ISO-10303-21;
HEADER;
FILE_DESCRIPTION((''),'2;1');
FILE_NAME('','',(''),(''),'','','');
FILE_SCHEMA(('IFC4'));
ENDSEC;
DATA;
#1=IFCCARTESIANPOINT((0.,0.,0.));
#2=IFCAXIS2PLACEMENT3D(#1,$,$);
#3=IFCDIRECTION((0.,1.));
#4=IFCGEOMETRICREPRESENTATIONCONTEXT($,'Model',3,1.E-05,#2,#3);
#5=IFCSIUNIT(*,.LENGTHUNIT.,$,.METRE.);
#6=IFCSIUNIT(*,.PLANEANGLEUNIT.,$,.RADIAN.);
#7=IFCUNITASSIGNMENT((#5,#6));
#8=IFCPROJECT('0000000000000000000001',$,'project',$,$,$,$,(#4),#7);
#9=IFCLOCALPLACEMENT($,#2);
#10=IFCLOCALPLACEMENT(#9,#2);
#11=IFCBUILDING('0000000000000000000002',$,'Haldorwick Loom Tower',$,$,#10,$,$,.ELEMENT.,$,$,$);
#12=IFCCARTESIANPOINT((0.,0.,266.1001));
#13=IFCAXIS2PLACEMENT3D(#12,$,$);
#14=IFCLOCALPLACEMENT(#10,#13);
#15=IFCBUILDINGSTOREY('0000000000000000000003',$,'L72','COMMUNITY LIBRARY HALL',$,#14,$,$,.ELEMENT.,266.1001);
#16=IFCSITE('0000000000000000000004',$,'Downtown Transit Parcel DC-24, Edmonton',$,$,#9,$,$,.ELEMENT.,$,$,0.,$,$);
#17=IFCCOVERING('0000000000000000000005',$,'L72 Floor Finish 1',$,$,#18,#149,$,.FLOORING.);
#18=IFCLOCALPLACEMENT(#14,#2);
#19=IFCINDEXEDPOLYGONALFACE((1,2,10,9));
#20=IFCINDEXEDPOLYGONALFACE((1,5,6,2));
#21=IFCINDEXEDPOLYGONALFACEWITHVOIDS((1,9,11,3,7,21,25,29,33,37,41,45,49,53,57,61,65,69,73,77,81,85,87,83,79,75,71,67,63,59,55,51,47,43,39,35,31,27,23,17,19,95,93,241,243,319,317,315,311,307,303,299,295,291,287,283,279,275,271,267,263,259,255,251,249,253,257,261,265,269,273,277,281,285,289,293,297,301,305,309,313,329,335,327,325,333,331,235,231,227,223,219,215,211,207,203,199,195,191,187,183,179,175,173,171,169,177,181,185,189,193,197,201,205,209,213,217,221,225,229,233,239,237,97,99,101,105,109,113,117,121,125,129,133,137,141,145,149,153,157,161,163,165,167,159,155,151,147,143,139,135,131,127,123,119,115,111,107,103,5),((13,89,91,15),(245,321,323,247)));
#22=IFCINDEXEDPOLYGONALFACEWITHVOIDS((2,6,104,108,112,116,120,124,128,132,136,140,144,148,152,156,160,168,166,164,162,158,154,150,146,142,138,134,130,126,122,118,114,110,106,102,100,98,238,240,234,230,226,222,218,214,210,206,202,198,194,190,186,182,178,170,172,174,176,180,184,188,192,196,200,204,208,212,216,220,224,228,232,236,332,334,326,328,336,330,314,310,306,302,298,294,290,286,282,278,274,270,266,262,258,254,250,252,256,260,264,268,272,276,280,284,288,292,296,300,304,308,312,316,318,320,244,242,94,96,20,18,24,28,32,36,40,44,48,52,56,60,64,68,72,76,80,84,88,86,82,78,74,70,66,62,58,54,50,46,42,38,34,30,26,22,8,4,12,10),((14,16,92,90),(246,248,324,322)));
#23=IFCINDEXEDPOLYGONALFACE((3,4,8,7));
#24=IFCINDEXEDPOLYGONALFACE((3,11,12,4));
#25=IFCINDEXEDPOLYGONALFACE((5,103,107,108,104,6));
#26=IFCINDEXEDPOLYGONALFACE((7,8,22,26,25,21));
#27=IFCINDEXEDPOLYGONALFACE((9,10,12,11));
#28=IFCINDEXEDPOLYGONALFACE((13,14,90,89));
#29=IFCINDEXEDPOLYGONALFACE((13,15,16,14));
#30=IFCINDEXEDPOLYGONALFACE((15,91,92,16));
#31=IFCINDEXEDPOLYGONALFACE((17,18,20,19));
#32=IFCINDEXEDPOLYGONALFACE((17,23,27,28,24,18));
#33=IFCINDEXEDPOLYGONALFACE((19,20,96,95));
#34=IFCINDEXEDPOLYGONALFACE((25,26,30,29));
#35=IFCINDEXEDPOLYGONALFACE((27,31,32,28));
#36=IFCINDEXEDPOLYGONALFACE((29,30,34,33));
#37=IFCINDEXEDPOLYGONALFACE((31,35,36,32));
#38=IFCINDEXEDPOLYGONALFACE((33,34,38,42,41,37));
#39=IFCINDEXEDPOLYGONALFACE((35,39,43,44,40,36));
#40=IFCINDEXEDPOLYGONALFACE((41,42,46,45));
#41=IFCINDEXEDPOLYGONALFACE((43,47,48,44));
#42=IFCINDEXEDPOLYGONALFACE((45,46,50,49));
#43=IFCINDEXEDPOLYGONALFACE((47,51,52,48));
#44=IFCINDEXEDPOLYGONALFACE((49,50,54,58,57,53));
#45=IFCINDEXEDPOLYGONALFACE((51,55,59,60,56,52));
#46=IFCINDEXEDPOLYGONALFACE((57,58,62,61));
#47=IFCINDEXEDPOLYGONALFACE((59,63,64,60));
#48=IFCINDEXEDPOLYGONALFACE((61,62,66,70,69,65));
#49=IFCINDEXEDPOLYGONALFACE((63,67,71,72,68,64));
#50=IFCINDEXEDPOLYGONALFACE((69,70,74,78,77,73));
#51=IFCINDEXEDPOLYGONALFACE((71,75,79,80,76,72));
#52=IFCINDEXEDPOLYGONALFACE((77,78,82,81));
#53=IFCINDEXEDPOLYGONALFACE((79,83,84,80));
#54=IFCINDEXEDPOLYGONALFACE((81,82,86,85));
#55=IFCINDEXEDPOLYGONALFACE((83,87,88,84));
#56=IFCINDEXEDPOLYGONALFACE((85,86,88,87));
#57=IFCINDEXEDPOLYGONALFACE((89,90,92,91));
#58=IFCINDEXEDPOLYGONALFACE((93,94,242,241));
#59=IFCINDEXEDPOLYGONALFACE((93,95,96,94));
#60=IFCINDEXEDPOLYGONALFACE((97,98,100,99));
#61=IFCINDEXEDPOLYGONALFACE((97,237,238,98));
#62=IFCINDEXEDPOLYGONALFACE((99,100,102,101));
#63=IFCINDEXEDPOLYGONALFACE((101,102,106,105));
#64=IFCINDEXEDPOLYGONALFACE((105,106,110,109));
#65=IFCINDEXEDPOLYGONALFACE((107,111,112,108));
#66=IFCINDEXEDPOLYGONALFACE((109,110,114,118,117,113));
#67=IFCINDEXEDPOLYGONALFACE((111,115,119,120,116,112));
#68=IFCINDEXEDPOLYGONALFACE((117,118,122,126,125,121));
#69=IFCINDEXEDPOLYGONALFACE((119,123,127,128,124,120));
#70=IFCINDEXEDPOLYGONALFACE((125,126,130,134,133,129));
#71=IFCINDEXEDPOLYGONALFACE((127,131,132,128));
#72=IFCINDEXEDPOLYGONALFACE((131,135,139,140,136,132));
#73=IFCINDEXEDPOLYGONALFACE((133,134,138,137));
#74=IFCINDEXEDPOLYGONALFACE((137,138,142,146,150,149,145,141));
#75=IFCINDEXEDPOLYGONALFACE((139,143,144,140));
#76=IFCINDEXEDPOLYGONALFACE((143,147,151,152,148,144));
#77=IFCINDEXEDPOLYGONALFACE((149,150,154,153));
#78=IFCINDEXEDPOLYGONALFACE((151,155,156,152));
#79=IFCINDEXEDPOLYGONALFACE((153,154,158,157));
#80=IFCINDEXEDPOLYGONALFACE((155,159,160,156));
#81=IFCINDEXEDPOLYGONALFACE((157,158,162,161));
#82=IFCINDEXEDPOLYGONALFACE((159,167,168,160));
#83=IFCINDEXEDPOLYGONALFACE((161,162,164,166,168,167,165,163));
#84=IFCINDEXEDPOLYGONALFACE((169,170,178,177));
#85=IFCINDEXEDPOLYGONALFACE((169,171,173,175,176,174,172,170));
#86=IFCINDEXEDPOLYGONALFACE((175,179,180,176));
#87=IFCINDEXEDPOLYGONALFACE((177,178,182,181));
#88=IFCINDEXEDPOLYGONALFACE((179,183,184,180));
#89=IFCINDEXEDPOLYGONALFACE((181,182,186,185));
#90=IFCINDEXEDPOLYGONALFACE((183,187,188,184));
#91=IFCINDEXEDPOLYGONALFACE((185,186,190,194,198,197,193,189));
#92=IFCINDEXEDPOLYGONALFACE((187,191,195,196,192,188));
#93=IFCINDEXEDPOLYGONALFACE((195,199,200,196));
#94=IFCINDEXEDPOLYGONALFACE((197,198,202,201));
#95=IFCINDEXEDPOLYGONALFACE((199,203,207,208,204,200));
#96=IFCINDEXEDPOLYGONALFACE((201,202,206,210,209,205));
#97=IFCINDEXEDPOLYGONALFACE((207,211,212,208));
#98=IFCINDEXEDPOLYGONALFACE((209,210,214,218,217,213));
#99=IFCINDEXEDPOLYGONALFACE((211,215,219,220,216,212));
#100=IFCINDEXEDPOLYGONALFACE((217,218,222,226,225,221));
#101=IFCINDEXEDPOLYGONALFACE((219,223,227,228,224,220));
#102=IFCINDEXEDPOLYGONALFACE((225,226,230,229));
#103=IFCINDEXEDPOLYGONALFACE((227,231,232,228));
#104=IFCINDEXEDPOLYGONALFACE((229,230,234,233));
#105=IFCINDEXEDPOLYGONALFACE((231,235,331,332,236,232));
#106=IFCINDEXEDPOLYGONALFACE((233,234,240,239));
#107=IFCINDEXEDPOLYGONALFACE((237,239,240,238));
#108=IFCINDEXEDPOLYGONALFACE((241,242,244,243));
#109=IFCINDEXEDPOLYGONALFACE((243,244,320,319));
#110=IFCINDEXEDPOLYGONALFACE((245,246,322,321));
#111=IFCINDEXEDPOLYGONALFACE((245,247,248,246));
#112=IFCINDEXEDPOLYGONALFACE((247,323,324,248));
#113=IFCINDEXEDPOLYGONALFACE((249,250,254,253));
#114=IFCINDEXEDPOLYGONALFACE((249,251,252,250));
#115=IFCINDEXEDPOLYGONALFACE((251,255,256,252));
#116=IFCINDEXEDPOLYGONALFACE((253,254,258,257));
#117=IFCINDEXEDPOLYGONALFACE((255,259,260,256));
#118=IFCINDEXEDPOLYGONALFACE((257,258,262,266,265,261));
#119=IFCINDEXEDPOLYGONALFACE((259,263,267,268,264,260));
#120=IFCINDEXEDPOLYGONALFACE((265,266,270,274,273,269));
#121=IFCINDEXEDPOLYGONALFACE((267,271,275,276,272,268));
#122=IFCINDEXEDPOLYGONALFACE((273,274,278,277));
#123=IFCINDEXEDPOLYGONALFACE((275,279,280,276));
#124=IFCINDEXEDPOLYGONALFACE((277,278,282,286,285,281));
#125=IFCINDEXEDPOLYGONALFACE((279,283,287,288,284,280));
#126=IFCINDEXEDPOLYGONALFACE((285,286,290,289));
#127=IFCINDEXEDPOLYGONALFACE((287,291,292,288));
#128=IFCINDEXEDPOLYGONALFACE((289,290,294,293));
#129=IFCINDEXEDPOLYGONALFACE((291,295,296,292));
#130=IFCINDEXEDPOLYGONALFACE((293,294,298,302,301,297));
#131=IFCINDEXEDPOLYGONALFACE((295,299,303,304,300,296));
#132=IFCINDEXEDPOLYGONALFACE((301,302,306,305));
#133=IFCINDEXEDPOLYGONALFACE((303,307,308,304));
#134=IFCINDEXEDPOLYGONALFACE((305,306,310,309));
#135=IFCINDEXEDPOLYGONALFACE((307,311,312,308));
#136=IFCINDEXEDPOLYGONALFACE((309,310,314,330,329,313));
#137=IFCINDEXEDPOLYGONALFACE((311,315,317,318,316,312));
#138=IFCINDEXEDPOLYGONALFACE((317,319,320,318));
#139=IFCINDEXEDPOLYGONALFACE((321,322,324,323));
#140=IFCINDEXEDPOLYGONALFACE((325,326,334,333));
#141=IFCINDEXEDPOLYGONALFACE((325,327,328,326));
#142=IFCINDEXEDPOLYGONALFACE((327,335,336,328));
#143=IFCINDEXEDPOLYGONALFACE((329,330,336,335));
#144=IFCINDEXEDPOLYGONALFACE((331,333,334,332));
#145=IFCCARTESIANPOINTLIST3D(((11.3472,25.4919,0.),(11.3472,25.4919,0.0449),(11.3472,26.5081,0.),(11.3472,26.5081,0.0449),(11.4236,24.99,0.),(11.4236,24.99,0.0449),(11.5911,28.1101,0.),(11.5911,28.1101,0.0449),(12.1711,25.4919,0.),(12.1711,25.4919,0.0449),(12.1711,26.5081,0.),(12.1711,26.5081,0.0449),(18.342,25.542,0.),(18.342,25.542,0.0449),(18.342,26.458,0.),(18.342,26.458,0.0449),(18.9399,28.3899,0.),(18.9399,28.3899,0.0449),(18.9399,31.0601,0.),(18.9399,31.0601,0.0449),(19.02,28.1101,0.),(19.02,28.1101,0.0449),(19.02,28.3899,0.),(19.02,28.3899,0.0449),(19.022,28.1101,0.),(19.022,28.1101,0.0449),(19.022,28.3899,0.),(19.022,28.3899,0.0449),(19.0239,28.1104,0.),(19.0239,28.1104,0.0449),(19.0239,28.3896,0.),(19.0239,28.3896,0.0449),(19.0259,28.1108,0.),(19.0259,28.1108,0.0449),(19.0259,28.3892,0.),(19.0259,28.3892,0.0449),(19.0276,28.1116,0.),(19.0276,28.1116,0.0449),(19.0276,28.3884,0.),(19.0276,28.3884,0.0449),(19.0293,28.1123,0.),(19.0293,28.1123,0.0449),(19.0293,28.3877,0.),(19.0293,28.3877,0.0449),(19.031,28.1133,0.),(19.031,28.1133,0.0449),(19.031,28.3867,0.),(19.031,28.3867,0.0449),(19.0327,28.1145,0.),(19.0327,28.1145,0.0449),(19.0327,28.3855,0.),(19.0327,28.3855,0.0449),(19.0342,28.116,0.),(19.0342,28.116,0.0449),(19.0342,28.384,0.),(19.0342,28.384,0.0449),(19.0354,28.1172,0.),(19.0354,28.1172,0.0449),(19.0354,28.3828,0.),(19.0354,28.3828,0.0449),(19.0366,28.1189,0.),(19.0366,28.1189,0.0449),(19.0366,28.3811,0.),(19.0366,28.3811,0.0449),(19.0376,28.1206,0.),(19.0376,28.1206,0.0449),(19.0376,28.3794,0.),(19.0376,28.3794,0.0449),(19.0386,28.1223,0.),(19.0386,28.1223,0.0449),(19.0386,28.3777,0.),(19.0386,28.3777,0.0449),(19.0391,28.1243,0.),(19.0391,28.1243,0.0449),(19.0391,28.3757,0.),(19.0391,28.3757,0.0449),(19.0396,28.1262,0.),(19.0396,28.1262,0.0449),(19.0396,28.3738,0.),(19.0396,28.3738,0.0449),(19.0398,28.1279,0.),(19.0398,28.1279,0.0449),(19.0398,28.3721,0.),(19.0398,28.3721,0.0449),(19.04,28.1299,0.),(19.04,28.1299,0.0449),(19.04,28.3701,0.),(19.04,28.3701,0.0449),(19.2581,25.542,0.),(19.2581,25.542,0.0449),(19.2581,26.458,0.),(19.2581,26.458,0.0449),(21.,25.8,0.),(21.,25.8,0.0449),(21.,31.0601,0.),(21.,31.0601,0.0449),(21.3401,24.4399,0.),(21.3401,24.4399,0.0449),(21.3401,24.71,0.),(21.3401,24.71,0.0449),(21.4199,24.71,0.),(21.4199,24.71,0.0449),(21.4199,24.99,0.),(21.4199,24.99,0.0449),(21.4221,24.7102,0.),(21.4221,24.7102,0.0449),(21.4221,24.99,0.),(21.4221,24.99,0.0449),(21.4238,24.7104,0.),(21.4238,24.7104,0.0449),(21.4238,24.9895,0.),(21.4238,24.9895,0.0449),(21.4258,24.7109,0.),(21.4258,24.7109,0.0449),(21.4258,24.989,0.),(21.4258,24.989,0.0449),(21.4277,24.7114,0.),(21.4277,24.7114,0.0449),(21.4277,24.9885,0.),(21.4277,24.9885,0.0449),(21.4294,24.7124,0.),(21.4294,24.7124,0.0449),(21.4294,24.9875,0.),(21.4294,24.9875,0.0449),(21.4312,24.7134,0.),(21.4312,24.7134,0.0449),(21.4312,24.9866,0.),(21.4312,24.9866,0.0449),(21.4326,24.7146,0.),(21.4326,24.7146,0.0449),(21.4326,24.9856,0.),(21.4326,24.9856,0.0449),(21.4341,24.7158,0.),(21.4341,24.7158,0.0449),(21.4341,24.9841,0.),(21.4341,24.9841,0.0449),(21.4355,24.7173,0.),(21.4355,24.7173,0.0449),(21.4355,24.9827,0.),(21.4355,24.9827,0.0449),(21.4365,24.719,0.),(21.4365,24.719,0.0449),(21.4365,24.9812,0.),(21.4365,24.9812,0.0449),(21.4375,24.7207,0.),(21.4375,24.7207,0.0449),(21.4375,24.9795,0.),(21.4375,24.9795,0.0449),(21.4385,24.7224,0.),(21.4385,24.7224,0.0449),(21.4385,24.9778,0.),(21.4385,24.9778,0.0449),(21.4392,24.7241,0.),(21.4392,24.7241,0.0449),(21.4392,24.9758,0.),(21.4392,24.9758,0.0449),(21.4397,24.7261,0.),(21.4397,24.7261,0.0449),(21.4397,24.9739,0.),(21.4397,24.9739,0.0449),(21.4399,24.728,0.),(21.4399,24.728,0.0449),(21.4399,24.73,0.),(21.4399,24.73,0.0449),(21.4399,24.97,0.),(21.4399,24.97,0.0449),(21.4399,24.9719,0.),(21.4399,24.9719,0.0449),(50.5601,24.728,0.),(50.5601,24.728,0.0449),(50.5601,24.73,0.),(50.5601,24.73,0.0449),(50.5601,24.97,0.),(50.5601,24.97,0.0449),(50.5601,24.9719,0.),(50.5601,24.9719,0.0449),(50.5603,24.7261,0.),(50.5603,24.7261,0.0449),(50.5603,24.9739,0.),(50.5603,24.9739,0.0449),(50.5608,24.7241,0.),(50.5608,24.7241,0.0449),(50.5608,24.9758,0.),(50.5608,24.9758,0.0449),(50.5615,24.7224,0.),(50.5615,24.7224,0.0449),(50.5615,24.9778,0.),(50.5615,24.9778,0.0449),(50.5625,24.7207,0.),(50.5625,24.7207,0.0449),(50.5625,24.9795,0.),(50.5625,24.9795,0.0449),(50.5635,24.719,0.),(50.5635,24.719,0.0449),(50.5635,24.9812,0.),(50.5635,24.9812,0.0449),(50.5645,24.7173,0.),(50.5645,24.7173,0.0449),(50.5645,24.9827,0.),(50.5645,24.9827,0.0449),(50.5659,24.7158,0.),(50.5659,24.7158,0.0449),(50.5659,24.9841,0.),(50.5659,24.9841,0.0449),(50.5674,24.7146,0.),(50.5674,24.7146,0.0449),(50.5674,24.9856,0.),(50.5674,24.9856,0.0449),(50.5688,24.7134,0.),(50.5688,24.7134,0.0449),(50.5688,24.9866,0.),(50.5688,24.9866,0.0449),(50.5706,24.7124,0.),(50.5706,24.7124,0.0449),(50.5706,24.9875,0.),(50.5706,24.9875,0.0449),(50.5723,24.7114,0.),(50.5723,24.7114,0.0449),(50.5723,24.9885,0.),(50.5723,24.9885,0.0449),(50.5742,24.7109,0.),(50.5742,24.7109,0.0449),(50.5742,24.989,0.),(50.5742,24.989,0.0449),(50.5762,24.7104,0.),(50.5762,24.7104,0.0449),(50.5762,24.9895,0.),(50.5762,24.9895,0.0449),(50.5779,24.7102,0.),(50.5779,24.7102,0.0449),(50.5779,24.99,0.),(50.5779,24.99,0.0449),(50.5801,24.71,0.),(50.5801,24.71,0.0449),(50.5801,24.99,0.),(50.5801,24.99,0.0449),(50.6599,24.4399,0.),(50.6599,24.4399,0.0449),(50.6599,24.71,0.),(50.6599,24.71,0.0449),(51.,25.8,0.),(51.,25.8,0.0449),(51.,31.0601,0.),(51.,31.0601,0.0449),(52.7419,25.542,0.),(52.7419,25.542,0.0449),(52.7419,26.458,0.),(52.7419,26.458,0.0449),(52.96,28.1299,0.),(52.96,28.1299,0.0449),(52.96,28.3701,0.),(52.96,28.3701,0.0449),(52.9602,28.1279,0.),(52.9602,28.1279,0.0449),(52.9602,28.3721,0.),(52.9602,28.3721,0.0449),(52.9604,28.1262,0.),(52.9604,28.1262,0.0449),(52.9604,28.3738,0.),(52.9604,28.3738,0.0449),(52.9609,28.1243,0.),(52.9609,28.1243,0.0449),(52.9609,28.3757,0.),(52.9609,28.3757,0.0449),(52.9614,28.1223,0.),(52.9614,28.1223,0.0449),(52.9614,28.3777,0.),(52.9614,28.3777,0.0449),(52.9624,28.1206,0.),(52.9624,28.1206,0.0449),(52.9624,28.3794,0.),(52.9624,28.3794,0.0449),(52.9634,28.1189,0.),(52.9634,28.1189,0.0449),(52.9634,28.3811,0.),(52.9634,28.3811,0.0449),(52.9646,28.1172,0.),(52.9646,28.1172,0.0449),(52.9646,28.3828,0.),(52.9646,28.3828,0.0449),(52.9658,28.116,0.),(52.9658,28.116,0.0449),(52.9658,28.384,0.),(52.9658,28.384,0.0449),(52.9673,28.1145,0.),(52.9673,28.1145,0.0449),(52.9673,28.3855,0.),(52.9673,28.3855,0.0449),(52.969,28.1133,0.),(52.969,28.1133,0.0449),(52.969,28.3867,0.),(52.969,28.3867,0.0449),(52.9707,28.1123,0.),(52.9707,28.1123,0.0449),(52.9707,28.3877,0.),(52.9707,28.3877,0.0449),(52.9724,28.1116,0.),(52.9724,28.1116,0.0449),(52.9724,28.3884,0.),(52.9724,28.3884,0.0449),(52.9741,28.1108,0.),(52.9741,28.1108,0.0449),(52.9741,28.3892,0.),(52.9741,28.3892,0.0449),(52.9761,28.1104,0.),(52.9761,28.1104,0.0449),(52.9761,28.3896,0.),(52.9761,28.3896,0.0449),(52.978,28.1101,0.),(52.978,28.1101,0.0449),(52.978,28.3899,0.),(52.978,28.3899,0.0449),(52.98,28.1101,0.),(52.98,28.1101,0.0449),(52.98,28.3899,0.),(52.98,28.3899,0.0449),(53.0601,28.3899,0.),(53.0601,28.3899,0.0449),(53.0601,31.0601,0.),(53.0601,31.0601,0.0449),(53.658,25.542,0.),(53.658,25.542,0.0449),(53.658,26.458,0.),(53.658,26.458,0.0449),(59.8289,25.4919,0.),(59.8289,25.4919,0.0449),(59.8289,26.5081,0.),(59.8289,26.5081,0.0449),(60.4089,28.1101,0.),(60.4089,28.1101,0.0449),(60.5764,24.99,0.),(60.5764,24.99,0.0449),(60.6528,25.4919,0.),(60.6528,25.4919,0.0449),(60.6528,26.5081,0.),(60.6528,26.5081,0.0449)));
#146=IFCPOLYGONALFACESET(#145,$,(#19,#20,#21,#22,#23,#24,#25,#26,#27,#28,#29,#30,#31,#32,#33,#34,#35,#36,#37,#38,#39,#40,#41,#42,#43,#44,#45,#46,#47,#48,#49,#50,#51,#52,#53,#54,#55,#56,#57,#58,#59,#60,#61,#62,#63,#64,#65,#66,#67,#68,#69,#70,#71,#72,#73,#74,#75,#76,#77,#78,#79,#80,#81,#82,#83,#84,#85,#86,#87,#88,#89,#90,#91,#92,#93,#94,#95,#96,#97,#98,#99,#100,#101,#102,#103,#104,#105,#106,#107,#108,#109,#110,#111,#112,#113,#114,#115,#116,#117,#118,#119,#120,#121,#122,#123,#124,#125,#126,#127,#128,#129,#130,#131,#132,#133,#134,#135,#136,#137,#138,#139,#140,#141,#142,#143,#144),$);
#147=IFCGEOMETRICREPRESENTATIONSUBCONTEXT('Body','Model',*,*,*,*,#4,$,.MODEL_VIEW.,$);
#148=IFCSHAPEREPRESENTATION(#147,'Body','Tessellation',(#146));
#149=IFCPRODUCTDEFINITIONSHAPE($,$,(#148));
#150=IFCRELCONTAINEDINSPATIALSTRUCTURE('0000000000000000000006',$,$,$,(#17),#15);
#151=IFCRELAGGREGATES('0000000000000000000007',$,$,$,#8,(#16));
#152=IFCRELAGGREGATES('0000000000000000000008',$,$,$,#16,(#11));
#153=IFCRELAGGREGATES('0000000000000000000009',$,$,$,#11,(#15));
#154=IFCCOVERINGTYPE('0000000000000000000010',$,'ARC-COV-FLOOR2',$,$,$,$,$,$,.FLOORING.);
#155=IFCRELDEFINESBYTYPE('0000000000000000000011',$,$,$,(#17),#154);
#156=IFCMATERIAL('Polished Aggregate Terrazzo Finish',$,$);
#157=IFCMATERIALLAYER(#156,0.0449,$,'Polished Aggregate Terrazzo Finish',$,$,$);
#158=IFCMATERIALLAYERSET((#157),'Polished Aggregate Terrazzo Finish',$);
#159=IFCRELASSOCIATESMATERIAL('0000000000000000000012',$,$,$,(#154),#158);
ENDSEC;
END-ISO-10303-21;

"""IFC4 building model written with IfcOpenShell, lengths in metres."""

from ifc_helpers import new_model, si_unit, direction, frame, origin, place, context, subcontext, project, spatial, polyline, outline, extrude, material, layer, layer_set, type_object, element, save


model = new_model("IFC4")

# Units and contexts
model_context = context("Model", 3, precision=1e-05, world=origin(), true_north=direction((0.0, 1.0)))
body_context = subcontext(model_context, "Body", "Model", "MODEL_VIEW")
ifc_project = project(units=[si_unit("LENGTHUNIT", "METRE"), si_unit("PLANEANGLEUNIT", "RADIAN")], contexts=[model_context])

# Site, building, storey
site_placement = place(None, origin())
site = spatial("IfcSite", under=ifc_project, at=site_placement, Name="Downtown Transit Parcel DC-24, Edmonton", CompositionType="ELEMENT", RefElevation=0.0)
building_placement = place(site_placement, origin())
building = spatial("IfcBuilding", under=site, at=building_placement, Name="Haldorwick Loom Tower", CompositionType="ELEMENT")
storey_placement = place(building_placement, frame((0.0, 0.0, 266.1001)))
storey = spatial("IfcBuildingStorey", under=building, at=storey_placement, Name="L72", Description="COMMUNITY LIBRARY HALL", CompositionType="ELEMENT", Elevation=266.1001)

# Covering
ifc_material_1 = material(Name="Polished Aggregate Terrazzo Finish")
ifc_layer_1 = layer(ifc_material_1, 0.0449, Name="Polished Aggregate Terrazzo Finish")
ifc_layer_set_1 = layer_set([ifc_layer_1], Name="Polished Aggregate Terrazzo Finish")
covering_type_1 = type_object("IfcCoveringType", Name="ARC-COV-FLOOR2", PredefinedType="FLOORING", material=ifc_layer_set_1)
covering_1_placement = place(storey_placement, origin())
element("IfcCovering", 1, at=covering_1_placement, inside=storey, type_object=covering_type_1, Name="L72 Floor Finish 1", PredefinedType="FLOORING", context=body_context, shape_type="SweptSolid", body=[
    extrude(outline(polyline([(11.4236, 24.99), (21.4199, 24.99), (21.4221, 24.99), (21.4238, 24.9895), (21.4258, 24.989), (21.4277, 24.9885), (21.4294, 24.9875), (21.4312, 24.9866), (21.4326, 24.9856), (21.4341, 24.9841), (21.4355, 24.9827), (21.4365, 24.9812), (21.4375, 24.9795), (21.4385, 24.9778), (21.4392, 24.9758), (21.4397, 24.9739), (21.4399, 24.9719), (21.4399, 24.97), (21.4399, 24.73), (21.4399, 24.728), (21.4397, 24.7261), (21.4392, 24.7241), (21.4385, 24.7224), (21.4375, 24.7207), (21.4365, 24.719), (21.4355, 24.7173), (21.4341, 24.7158), (21.4326, 24.7146), (21.4312, 24.7134), (21.4294, 24.7124), (21.4277, 24.7114), (21.4258, 24.7109), (21.4238, 24.7104), (21.4221, 24.7102), (21.4199, 24.71), (21.3401, 24.71), (21.3401, 24.4399), (50.6599, 24.4399), (50.6599, 24.71), (50.5801, 24.71), (50.5779, 24.7102), (50.5762, 24.7104), (50.5742, 24.7109), (50.5723, 24.7114), (50.5706, 24.7124), (50.5688, 24.7134), (50.5674, 24.7146), (50.5659, 24.7158), (50.5645, 24.7173), (50.5635, 24.719), (50.5625, 24.7207), (50.5615, 24.7224), (50.5608, 24.7241), (50.5603, 24.7261), (50.5601, 24.728), (50.5601, 24.73), (50.5601, 24.97), (50.5601, 24.9719), (50.5603, 24.9739), (50.5608, 24.9758), (50.5615, 24.9778), (50.5625, 24.9795), (50.5635, 24.9812), (50.5645, 24.9827), (50.5659, 24.9841), (50.5674, 24.9856), (50.5688, 24.9866), (50.5706, 24.9875), (50.5723, 24.9885), (50.5742, 24.989), (50.5762, 24.9895), (50.5779, 24.99), (50.5801, 24.99), (60.5764, 24.99), (60.6528, 25.4919), (59.8289, 25.4919), (59.8289, 26.5081), (60.6528, 26.5081), (60.4089, 28.1101), (52.98, 28.1101), (52.978, 28.1101), (52.9761, 28.1104), (52.9741, 28.1108), (52.9724, 28.1116), (52.9707, 28.1123), (52.969, 28.1133), (52.9673, 28.1145), (52.9658, 28.116), (52.9646, 28.1172), (52.9634, 28.1189), (52.9624, 28.1206), (52.9614, 28.1223), (52.9609, 28.1243), (52.9604, 28.1262), (52.9602, 28.1279), (52.96, 28.1299), (52.96, 28.3701), (52.9602, 28.3721), (52.9604, 28.3738), (52.9609, 28.3757), (52.9614, 28.3777), (52.9624, 28.3794), (52.9634, 28.3811), (52.9646, 28.3828), (52.9658, 28.384), (52.9673, 28.3855), (52.969, 28.3867), (52.9707, 28.3877), (52.9724, 28.3884), (52.9741, 28.3892), (52.9761, 28.3896), (52.978, 28.3899), (52.98, 28.3899), (53.0601, 28.3899), (53.0601, 31.0601), (51.0, 31.0601), (51.0, 25.8), (21.0, 25.8), (21.0, 31.0601), (18.9399, 31.0601), (18.9399, 28.3899), (19.02, 28.3899), (19.022, 28.3899), (19.0239, 28.3896), (19.0259, 28.3892), (19.0276, 28.3884), (19.0293, 28.3877), (19.031, 28.3867), (19.0327, 28.3855), (19.0342, 28.384), (19.0354, 28.3828), (19.0366, 28.3811), (19.0376, 28.3794), (19.0386, 28.3777), (19.0391, 28.3757), (19.0396, 28.3738), (19.0398, 28.3721), (19.04, 28.3701), (19.04, 28.1299), (19.0398, 28.1279), (19.0396, 28.1262), (19.0391, 28.1243), (19.0386, 28.1223), (19.0376, 28.1206), (19.0366, 28.1189), (19.0354, 28.1172), (19.0342, 28.116), (19.0327, 28.1145), (19.031, 28.1133), (19.0293, 28.1123), (19.0276, 28.1116), (19.0259, 28.1108), (19.0239, 28.1104), (19.022, 28.1101), (19.02, 28.1101), (11.5911, 28.1101), (11.3472, 26.5081), (12.1711, 26.5081), (12.1711, 25.4919), (11.3472, 25.4919), (11.4236, 24.99)]), holes=[polyline([(19.2581, 26.458), (19.2581, 25.542), (18.342, 25.542), (18.342, 26.458), (19.2581, 26.458)]), polyline([(53.658, 26.458), (53.658, 25.542), (52.7419, 25.542), (52.7419, 26.458), (53.658, 26.458)])]), origin(), (0.0, 0.0, 1.0), 0.0449),
])

save(model, "model.ifc")
